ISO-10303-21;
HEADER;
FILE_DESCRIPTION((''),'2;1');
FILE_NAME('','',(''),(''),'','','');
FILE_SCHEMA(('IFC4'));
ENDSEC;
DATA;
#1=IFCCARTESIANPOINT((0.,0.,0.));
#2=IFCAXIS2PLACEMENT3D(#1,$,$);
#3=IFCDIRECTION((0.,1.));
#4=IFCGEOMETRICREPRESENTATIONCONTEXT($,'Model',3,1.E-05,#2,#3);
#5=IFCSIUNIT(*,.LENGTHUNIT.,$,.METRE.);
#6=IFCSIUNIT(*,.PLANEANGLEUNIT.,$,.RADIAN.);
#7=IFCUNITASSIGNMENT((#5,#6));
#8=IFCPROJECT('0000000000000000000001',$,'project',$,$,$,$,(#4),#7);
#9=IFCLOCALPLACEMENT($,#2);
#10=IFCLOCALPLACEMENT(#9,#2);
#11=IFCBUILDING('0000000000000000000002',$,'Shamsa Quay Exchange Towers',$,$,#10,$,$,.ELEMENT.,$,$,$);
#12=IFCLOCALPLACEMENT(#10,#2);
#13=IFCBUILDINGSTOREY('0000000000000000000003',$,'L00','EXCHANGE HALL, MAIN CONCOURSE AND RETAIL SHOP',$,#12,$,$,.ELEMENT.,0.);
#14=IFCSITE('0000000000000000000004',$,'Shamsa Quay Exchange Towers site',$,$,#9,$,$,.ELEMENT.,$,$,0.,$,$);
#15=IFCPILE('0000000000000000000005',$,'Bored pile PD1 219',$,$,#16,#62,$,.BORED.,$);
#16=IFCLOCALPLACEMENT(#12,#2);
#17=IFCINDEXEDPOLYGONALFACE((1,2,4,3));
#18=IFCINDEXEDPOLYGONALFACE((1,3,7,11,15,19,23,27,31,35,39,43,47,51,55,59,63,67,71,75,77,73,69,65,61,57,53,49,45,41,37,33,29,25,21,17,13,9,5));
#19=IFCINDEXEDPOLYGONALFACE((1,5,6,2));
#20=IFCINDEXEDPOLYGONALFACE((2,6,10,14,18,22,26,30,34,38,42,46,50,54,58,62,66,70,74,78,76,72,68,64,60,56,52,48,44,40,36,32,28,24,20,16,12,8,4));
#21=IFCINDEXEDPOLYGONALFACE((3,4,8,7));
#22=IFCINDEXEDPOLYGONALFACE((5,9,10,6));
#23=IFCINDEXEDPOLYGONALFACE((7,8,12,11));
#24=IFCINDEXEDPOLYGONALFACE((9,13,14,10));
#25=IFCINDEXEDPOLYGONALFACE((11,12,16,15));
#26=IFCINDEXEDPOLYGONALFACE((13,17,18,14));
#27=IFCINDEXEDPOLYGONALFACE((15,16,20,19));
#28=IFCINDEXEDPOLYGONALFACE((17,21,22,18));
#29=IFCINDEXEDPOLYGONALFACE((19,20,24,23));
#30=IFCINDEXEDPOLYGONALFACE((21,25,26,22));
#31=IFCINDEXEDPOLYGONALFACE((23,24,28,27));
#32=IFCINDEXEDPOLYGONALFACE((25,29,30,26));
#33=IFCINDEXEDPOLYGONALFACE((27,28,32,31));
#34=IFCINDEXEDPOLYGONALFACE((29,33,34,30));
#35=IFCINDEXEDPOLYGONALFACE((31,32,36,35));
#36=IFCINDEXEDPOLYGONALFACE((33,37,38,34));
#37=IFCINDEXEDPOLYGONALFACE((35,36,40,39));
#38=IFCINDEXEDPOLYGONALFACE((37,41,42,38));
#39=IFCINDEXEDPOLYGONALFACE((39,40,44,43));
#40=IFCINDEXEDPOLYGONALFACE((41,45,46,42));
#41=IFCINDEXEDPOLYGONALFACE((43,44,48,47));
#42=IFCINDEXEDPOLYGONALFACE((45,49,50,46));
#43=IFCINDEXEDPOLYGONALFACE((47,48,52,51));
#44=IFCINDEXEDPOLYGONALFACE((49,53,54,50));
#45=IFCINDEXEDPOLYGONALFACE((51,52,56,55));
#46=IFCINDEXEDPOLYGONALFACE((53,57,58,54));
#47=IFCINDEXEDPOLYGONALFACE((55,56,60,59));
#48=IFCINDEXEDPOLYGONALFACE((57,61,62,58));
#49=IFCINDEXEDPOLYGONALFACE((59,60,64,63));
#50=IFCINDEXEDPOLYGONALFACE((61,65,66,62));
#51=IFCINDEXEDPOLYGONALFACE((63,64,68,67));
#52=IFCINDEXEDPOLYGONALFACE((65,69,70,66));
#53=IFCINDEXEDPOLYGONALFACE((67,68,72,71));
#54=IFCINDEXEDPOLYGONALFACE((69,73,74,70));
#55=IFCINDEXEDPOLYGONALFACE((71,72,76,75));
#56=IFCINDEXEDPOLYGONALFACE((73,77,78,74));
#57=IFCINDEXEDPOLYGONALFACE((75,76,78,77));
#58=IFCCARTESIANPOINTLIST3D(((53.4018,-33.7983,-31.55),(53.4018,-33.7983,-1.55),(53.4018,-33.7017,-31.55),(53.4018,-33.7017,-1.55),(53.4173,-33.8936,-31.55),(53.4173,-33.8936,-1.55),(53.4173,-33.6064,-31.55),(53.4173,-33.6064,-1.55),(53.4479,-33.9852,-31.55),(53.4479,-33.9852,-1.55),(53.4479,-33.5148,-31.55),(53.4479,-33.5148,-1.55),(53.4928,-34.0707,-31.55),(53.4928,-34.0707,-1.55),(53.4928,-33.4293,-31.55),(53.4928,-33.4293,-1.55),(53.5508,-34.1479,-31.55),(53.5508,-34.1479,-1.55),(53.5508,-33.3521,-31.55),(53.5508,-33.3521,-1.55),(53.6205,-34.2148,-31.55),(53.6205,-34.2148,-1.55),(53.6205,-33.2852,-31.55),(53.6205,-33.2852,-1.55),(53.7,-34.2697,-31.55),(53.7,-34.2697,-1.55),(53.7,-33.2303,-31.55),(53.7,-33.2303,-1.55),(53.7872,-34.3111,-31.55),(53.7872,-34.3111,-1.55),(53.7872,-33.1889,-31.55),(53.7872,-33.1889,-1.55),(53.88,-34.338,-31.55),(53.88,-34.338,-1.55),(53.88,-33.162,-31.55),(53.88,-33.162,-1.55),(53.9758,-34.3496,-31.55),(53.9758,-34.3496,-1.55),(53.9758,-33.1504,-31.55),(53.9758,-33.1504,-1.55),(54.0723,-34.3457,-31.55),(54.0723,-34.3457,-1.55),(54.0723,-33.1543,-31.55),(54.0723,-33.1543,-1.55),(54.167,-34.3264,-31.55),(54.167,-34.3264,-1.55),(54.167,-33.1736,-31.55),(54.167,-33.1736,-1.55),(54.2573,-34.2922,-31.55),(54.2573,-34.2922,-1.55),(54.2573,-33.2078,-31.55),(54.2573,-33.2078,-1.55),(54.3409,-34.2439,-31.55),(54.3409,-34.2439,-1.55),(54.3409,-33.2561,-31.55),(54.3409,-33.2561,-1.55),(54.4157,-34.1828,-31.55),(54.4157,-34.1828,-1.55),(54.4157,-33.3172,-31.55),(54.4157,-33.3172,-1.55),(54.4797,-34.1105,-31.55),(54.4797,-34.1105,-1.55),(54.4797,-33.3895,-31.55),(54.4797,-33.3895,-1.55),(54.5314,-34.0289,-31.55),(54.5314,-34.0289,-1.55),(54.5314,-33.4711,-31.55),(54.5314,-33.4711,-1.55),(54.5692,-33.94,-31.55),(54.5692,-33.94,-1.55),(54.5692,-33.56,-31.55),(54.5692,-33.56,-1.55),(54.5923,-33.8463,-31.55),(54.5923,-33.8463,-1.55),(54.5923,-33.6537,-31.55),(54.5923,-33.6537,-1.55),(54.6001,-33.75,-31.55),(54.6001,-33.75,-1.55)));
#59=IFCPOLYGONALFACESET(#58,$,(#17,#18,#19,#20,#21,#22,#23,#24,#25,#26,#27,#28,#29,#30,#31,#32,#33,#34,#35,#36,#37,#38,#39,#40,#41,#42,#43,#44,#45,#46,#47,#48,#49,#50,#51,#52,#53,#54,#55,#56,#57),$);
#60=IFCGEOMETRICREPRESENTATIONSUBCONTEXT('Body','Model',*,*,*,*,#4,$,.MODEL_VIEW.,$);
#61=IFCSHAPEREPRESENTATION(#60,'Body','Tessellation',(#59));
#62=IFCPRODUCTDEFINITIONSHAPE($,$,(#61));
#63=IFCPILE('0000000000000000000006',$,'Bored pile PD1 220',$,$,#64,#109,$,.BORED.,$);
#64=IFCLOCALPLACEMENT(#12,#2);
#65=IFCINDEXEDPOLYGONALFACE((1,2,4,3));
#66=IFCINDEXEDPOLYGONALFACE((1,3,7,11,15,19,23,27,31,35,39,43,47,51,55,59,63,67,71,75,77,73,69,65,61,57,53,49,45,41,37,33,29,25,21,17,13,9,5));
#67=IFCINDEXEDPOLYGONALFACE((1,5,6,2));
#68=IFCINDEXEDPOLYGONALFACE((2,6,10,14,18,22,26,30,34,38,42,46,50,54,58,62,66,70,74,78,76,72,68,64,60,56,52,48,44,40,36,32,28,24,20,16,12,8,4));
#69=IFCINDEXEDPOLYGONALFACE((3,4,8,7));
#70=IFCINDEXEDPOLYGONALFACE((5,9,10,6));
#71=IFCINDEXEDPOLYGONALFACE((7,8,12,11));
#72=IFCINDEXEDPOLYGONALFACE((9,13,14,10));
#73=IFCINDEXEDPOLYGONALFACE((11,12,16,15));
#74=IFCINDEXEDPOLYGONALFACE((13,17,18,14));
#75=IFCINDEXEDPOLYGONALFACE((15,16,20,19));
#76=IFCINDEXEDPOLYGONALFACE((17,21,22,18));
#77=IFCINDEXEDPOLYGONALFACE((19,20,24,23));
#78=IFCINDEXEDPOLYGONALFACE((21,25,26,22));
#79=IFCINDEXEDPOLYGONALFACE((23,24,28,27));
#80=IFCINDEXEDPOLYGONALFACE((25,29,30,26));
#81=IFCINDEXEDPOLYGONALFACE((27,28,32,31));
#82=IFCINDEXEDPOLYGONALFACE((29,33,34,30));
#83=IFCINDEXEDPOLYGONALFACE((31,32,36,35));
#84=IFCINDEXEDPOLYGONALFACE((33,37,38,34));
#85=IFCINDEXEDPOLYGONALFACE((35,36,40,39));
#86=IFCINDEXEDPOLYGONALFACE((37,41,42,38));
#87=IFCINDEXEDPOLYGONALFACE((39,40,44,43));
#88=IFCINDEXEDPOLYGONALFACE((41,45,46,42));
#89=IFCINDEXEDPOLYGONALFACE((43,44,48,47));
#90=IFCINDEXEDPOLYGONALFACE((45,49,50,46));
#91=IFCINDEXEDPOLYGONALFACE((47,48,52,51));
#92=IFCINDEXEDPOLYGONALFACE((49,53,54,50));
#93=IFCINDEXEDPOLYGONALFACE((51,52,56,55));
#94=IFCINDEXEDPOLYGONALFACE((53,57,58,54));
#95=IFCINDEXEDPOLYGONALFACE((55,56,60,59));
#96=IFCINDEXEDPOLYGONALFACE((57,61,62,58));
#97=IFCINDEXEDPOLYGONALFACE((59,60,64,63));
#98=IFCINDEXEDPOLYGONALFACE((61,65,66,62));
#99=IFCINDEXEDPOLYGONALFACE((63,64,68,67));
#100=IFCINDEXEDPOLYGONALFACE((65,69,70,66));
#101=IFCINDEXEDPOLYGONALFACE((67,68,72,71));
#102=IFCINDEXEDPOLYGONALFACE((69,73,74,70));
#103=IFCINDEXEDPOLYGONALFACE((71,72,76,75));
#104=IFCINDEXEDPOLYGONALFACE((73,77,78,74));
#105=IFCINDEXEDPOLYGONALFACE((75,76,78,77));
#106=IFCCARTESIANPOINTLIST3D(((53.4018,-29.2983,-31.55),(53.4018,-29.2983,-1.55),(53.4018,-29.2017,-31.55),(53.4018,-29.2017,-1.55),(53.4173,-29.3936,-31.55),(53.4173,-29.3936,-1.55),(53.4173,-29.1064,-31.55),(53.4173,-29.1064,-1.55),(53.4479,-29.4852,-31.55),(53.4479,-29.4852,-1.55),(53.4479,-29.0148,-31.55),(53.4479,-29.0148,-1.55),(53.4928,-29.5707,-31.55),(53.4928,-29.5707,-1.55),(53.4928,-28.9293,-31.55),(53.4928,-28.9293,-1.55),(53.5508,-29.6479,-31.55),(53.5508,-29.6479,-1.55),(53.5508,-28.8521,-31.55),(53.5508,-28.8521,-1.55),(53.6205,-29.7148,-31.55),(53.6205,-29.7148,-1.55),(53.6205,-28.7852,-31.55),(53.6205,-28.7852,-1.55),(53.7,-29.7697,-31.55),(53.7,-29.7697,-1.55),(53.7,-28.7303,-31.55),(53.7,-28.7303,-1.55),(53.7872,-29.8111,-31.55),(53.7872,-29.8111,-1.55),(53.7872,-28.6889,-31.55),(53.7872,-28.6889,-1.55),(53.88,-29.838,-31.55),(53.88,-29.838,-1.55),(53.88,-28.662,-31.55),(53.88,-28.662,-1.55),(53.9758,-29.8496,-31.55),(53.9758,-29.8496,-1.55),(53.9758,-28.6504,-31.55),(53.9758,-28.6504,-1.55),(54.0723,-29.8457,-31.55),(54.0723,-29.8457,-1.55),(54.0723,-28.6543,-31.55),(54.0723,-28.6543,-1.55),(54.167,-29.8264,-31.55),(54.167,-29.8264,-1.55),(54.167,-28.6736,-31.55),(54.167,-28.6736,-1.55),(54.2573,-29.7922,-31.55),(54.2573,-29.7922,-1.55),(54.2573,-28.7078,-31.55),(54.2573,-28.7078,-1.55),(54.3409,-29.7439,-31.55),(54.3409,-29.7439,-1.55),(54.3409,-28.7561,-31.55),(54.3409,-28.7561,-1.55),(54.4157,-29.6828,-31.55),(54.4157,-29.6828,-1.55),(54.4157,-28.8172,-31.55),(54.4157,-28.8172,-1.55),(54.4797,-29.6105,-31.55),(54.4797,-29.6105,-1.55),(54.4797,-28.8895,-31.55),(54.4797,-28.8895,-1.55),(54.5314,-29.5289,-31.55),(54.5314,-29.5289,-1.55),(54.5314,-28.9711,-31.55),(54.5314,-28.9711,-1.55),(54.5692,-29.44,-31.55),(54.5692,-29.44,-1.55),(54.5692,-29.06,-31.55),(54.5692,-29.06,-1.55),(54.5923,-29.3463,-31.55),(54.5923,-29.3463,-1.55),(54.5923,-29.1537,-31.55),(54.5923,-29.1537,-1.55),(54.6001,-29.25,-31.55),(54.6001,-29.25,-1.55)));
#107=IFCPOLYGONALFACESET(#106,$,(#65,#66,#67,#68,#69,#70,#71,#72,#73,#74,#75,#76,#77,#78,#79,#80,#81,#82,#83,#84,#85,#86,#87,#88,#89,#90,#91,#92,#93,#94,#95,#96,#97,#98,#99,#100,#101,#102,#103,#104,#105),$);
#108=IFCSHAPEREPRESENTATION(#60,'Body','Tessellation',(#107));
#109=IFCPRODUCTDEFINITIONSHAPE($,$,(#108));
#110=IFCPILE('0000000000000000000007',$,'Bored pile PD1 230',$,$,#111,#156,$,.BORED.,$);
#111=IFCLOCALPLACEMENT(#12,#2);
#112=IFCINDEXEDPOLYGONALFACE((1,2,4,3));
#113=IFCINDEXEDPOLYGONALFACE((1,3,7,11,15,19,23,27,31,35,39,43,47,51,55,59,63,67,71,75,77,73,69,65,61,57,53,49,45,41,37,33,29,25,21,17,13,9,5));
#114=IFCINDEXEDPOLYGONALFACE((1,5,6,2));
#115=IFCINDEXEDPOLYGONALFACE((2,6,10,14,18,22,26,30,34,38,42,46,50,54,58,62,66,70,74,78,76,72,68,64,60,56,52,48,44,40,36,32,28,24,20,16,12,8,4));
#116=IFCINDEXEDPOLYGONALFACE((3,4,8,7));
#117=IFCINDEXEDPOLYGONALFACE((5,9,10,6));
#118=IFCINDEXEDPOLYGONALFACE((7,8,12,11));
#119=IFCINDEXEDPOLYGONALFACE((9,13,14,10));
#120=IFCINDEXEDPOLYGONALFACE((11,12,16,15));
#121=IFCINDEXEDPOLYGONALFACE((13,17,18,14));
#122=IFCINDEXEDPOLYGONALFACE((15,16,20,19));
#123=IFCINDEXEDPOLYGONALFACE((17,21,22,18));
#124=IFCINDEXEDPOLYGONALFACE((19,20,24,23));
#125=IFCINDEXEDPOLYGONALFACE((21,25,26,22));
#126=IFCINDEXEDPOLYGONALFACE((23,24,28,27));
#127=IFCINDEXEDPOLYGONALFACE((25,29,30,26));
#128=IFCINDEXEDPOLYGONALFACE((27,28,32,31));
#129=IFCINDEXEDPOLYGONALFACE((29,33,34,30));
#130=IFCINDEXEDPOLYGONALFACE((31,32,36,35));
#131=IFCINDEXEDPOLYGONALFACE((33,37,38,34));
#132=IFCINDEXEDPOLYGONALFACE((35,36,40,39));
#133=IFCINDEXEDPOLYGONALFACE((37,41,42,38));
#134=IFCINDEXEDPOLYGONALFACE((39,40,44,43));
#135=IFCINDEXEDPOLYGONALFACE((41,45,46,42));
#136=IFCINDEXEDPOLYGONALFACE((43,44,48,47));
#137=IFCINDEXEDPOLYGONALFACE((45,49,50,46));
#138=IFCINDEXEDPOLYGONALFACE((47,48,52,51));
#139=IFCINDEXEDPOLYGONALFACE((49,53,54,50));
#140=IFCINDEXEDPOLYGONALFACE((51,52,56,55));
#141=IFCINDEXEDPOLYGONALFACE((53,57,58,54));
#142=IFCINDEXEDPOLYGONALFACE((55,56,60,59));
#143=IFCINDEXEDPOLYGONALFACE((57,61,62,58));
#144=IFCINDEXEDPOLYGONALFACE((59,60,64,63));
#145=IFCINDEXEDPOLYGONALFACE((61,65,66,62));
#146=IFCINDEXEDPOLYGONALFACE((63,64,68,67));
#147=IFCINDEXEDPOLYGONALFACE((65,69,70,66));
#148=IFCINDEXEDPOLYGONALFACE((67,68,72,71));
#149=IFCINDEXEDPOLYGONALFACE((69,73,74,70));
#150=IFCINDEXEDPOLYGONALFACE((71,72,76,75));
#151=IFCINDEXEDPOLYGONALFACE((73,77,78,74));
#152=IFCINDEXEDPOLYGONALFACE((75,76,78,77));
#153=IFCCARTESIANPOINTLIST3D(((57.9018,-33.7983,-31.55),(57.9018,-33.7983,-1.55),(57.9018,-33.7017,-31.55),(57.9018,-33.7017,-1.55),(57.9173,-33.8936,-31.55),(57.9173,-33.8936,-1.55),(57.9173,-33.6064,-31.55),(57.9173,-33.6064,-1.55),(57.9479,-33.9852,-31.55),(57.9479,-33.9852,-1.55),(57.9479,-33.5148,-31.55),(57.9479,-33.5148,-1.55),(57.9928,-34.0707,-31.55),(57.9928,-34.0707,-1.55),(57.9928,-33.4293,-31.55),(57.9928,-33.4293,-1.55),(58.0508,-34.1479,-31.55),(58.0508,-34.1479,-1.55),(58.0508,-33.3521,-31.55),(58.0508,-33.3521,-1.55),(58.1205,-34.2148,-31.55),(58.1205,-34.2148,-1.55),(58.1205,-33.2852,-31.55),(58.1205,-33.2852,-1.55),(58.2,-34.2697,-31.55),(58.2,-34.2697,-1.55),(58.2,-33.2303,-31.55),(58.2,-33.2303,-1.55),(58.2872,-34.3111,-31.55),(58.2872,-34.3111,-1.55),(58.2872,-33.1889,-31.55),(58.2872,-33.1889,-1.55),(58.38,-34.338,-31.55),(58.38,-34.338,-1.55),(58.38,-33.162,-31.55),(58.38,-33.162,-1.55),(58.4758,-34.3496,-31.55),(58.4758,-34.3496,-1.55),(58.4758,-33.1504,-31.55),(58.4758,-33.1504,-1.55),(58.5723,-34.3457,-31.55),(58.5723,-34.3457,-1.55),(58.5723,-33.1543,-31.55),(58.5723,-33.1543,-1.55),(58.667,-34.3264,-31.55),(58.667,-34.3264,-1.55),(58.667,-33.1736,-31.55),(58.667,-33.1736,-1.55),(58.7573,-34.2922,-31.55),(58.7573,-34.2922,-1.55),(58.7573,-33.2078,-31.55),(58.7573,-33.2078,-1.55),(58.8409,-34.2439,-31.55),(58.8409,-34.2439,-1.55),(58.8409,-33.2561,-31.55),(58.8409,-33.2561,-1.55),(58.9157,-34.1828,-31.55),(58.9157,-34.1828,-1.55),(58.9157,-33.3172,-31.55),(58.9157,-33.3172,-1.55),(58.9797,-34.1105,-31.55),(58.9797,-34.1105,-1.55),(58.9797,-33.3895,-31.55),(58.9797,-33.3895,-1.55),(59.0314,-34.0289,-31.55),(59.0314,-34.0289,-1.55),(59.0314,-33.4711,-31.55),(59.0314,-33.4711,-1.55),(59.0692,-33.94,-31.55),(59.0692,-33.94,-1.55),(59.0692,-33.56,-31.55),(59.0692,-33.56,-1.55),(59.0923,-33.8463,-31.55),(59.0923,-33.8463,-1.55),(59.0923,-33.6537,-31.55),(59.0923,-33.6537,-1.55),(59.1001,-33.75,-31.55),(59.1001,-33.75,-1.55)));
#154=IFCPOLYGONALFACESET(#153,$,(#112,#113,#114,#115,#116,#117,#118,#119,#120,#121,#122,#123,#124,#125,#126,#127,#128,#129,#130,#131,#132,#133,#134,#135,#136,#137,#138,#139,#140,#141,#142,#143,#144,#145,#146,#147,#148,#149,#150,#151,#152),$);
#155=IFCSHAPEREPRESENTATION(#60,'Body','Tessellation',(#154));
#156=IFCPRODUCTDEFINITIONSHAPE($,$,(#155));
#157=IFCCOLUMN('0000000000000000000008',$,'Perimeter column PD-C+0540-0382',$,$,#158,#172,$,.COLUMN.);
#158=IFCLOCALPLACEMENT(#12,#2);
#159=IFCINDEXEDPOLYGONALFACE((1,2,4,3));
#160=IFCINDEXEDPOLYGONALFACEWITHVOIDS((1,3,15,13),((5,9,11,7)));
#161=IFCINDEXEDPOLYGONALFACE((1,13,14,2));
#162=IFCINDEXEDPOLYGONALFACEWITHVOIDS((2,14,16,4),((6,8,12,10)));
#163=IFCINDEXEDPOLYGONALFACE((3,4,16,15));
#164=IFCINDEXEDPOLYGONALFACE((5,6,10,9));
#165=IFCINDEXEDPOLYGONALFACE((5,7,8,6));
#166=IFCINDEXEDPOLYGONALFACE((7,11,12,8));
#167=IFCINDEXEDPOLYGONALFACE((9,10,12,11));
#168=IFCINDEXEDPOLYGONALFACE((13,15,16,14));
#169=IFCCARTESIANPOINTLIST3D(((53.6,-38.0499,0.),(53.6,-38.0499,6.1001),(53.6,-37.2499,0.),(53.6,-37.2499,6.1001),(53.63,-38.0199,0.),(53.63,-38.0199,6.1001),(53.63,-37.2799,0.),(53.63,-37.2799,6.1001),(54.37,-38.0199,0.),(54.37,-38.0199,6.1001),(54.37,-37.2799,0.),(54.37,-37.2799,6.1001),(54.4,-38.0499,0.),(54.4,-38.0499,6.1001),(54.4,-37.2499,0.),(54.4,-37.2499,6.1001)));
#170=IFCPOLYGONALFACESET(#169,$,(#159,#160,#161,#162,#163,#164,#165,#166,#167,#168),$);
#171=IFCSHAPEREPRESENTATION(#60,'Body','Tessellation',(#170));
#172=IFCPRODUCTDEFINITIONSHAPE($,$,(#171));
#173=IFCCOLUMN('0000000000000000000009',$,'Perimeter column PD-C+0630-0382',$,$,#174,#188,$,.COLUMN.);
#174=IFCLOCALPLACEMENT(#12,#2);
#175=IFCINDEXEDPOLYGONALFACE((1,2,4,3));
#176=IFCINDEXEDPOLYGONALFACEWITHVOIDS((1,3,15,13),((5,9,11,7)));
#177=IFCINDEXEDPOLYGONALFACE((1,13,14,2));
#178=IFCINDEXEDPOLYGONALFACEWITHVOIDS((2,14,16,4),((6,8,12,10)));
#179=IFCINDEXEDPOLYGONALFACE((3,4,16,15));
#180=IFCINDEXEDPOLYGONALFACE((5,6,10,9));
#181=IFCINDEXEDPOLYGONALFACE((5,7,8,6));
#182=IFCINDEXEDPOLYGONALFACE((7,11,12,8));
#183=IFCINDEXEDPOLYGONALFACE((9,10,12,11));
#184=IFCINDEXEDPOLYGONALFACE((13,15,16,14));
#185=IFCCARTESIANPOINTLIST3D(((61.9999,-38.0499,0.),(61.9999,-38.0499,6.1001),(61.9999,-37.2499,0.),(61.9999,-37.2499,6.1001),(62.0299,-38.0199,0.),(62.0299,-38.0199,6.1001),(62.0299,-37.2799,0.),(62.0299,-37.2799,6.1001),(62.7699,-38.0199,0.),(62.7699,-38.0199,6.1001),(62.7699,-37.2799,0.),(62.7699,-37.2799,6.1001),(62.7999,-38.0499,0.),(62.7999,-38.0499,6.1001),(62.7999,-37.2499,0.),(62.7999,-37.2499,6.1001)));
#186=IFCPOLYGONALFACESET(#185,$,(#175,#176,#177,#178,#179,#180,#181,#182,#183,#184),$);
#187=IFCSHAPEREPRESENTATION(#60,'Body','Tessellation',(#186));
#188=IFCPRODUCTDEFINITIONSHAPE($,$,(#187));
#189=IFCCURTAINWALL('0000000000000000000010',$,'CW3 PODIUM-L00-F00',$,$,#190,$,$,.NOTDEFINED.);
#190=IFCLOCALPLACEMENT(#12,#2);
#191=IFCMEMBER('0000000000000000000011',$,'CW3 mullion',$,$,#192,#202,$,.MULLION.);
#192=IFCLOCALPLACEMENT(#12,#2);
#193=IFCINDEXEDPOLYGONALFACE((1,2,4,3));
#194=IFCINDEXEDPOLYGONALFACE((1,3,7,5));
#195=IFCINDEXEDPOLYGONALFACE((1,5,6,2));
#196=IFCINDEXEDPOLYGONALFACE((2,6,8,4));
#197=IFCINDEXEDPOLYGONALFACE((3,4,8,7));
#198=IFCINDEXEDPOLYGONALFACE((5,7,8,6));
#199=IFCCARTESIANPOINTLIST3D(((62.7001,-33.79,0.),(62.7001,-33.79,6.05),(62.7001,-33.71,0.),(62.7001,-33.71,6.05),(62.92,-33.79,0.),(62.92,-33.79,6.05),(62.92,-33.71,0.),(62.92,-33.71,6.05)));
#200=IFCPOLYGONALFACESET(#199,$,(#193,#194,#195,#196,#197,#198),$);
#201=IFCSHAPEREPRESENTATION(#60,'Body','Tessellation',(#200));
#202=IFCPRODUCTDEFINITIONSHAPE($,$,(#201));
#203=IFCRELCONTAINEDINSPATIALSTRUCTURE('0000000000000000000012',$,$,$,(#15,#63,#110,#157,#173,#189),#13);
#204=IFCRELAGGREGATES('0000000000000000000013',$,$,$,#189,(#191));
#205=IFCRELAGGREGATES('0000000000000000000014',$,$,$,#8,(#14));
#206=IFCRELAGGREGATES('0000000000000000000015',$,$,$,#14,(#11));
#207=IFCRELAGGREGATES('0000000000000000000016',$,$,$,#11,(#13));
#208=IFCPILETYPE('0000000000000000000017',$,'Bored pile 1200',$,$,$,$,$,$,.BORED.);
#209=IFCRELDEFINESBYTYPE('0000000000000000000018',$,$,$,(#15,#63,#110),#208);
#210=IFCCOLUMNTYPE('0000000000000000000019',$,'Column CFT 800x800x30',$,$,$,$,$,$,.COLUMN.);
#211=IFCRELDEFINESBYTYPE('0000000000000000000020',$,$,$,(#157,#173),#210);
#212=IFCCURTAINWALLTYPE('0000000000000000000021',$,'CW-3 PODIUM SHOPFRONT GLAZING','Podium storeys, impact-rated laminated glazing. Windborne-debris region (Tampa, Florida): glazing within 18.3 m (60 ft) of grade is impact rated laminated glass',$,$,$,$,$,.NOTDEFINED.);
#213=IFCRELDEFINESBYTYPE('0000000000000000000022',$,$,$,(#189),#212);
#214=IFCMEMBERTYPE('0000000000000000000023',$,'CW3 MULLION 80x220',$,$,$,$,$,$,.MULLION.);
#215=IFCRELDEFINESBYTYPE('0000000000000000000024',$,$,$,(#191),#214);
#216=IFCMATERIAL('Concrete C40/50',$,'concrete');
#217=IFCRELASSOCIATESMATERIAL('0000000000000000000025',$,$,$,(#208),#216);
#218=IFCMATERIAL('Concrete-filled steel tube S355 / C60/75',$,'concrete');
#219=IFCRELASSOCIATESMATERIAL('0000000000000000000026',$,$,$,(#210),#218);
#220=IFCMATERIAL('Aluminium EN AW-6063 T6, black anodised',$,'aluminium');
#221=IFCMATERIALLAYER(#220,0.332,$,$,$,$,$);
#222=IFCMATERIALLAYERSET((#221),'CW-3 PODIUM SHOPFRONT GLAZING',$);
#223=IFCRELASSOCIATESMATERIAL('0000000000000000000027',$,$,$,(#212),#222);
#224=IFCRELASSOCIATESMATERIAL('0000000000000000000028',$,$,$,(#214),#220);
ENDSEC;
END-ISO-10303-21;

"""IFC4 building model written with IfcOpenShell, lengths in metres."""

from ifc_helpers import new_model, si_unit, direction, frame, origin, origin_2d, place, context, subcontext, project, spatial, rectangle, hollow_rectangle, circle, extrude, material, layer, layer_set, material_profile, profile_set, type_object, element, aggregate, save


model = new_model("IFC4")

# Units and contexts
model_context = context("Model", 3, precision=1e-05, world=origin(), true_north=direction((0.0, 1.0)))
body_context = subcontext(model_context, "Body", "Model", "MODEL_VIEW")
ifc_project = project(units=[si_unit("LENGTHUNIT", "METRE"), si_unit("PLANEANGLEUNIT", "RADIAN")], contexts=[model_context])

# Site, building, storey
site_placement = place(None, origin())
site = spatial("IfcSite", under=ifc_project, at=site_placement, Name="Shamsa Quay Exchange Towers site", CompositionType="ELEMENT", RefElevation=0.0)
building_placement = place(site_placement, origin())
building = spatial("IfcBuilding", under=site, at=building_placement, Name="Shamsa Quay Exchange Towers", CompositionType="ELEMENT")
storey_placement = place(building_placement, origin())
storey = spatial("IfcBuildingStorey", under=building, at=storey_placement, Name="L00", Description="EXCHANGE HALL, MAIN CONCOURSE AND RETAIL SHOP", CompositionType="ELEMENT", Elevation=0.0)

# Piles
ifc_material_1 = material(Name="Concrete C40/50", Category="concrete")
ifc_material_profile_1 = material_profile(ifc_material_1, circle(Radius=0.6001, at=origin_2d()), Name="BP1200")
ifc_profile_set_1 = profile_set([ifc_material_profile_1], Name="Concrete C40/50")
pile_type = type_object("IfcPileType", Name="Bored pile 1200", PredefinedType="BORED", material=ifc_profile_set_1)
for number, where, z_axis, x_axis, name in (
    (1, (54.0, -33.75, -1.55), (0.0, 0.0, -1.0), (1.0, 0.0, 0.0), "Bored pile PD1 219"),
    (2, (54.0, -29.25, -1.55), (0.0, 0.0, -1.0), (1.0, 0.0, 0.0), "Bored pile PD1 220"),
    (3, (58.5, -33.75, -1.55), (0.0, 0.0, -1.0), (1.0, 0.0, 0.0), "Bored pile PD1 230"),
):
    element("IfcPile", number, at=place(storey_placement, frame(where, z_axis=z_axis, x_axis=x_axis)), inside=storey, type_object=pile_type, Name=name, PredefinedType="BORED", context=body_context, shape_type="SweptSolid", body=[
        extrude(circle(Radius=0.6001, at=origin_2d()), origin(), (0.0, 0.0, 1.0), 30.0),
    ])

# Columns
ifc_material_2 = material(Name="Concrete-filled steel tube S355 / C60/75", Category="concrete")
ifc_material_profile_2 = material_profile(ifc_material_2, hollow_rectangle(XDim=0.8, YDim=0.8, WallThickness=0.03, at=origin_2d()), Name="CFT 800x800x30")
ifc_profile_set_2 = profile_set([ifc_material_profile_2], Name="Concrete-filled steel tube S355 / C60/75")
column_type = type_object("IfcColumnType", Name="Column CFT 800x800x30", PredefinedType="COLUMN", material=ifc_profile_set_2)
for number, where, name in (
    (4, (54.0, -37.6499, 0.0), "Perimeter column PD-C+0540-0382"),
    (5, (62.3999, -37.6499, 0.0), "Perimeter column PD-C+0630-0382"),
):
    element("IfcColumn", number, at=place(storey_placement, frame(where)), inside=storey, type_object=column_type, Name=name, PredefinedType="COLUMN", context=body_context, shape_type="SweptSolid", body=[
        extrude(hollow_rectangle(XDim=0.8, YDim=0.8, WallThickness=0.03, at=origin_2d()), origin(), (0.0, 0.0, 1.0), 6.1001),
    ])

# Curtain wall, member
ifc_material_3 = material(Name="Aluminium EN AW-6063 T6, black anodised", Category="aluminium")
ifc_layer_1 = layer(ifc_material_3, 0.332)
ifc_layer_set_1 = layer_set([ifc_layer_1], Name="CW-3 PODIUM SHOPFRONT GLAZING")
curtain_wall_type = type_object("IfcCurtainWallType", Name="CW-3 PODIUM SHOPFRONT GLAZING", Description="Podium storeys, impact-rated laminated glazing. Windborne-debris region (Tampa, Florida): glazing within 18.3 m (60 ft) of grade is impact rated laminated glass", PredefinedType="NOTDEFINED", material=ifc_layer_set_1)
curtain_wall_1_placement = place(storey_placement, origin())
curtain_wall_1 = element("IfcCurtainWall", 6, at=curtain_wall_1_placement, inside=storey, type_object=curtain_wall_type, Name="CW3 PODIUM-L00-F00", PredefinedType="NOTDEFINED")
ifc_material_profile_3 = material_profile(ifc_material_3, rectangle(XDim=0.22, YDim=0.0801, at=origin_2d()), Name="MU80x220")
ifc_profile_set_3 = profile_set([ifc_material_profile_3], Name="Aluminium EN AW-6063 T6, black anodised")
member_type_1 = type_object("IfcMemberType", Name="CW3 MULLION 80x220", PredefinedType="MULLION", material=ifc_profile_set_3)
member_1_placement = place(storey_placement, frame((62.8101, -33.75, 0.0), z_axis=(0.0, 0.0, 1.0), x_axis=(-1.0, 0.0, 0.0)))
member_1 = element("IfcMember", 7, at=member_1_placement, type_object=member_type_1, Name="CW3 mullion", PredefinedType="MULLION", context=body_context, shape_type="SweptSolid", body=[
    extrude(rectangle(XDim=0.22, YDim=0.0801, at=origin_2d()), origin(), (0.0, 0.0, 1.0), 6.05),
])

aggregate(curtain_wall_1, [member_1])

save(model, "model.ifc")
